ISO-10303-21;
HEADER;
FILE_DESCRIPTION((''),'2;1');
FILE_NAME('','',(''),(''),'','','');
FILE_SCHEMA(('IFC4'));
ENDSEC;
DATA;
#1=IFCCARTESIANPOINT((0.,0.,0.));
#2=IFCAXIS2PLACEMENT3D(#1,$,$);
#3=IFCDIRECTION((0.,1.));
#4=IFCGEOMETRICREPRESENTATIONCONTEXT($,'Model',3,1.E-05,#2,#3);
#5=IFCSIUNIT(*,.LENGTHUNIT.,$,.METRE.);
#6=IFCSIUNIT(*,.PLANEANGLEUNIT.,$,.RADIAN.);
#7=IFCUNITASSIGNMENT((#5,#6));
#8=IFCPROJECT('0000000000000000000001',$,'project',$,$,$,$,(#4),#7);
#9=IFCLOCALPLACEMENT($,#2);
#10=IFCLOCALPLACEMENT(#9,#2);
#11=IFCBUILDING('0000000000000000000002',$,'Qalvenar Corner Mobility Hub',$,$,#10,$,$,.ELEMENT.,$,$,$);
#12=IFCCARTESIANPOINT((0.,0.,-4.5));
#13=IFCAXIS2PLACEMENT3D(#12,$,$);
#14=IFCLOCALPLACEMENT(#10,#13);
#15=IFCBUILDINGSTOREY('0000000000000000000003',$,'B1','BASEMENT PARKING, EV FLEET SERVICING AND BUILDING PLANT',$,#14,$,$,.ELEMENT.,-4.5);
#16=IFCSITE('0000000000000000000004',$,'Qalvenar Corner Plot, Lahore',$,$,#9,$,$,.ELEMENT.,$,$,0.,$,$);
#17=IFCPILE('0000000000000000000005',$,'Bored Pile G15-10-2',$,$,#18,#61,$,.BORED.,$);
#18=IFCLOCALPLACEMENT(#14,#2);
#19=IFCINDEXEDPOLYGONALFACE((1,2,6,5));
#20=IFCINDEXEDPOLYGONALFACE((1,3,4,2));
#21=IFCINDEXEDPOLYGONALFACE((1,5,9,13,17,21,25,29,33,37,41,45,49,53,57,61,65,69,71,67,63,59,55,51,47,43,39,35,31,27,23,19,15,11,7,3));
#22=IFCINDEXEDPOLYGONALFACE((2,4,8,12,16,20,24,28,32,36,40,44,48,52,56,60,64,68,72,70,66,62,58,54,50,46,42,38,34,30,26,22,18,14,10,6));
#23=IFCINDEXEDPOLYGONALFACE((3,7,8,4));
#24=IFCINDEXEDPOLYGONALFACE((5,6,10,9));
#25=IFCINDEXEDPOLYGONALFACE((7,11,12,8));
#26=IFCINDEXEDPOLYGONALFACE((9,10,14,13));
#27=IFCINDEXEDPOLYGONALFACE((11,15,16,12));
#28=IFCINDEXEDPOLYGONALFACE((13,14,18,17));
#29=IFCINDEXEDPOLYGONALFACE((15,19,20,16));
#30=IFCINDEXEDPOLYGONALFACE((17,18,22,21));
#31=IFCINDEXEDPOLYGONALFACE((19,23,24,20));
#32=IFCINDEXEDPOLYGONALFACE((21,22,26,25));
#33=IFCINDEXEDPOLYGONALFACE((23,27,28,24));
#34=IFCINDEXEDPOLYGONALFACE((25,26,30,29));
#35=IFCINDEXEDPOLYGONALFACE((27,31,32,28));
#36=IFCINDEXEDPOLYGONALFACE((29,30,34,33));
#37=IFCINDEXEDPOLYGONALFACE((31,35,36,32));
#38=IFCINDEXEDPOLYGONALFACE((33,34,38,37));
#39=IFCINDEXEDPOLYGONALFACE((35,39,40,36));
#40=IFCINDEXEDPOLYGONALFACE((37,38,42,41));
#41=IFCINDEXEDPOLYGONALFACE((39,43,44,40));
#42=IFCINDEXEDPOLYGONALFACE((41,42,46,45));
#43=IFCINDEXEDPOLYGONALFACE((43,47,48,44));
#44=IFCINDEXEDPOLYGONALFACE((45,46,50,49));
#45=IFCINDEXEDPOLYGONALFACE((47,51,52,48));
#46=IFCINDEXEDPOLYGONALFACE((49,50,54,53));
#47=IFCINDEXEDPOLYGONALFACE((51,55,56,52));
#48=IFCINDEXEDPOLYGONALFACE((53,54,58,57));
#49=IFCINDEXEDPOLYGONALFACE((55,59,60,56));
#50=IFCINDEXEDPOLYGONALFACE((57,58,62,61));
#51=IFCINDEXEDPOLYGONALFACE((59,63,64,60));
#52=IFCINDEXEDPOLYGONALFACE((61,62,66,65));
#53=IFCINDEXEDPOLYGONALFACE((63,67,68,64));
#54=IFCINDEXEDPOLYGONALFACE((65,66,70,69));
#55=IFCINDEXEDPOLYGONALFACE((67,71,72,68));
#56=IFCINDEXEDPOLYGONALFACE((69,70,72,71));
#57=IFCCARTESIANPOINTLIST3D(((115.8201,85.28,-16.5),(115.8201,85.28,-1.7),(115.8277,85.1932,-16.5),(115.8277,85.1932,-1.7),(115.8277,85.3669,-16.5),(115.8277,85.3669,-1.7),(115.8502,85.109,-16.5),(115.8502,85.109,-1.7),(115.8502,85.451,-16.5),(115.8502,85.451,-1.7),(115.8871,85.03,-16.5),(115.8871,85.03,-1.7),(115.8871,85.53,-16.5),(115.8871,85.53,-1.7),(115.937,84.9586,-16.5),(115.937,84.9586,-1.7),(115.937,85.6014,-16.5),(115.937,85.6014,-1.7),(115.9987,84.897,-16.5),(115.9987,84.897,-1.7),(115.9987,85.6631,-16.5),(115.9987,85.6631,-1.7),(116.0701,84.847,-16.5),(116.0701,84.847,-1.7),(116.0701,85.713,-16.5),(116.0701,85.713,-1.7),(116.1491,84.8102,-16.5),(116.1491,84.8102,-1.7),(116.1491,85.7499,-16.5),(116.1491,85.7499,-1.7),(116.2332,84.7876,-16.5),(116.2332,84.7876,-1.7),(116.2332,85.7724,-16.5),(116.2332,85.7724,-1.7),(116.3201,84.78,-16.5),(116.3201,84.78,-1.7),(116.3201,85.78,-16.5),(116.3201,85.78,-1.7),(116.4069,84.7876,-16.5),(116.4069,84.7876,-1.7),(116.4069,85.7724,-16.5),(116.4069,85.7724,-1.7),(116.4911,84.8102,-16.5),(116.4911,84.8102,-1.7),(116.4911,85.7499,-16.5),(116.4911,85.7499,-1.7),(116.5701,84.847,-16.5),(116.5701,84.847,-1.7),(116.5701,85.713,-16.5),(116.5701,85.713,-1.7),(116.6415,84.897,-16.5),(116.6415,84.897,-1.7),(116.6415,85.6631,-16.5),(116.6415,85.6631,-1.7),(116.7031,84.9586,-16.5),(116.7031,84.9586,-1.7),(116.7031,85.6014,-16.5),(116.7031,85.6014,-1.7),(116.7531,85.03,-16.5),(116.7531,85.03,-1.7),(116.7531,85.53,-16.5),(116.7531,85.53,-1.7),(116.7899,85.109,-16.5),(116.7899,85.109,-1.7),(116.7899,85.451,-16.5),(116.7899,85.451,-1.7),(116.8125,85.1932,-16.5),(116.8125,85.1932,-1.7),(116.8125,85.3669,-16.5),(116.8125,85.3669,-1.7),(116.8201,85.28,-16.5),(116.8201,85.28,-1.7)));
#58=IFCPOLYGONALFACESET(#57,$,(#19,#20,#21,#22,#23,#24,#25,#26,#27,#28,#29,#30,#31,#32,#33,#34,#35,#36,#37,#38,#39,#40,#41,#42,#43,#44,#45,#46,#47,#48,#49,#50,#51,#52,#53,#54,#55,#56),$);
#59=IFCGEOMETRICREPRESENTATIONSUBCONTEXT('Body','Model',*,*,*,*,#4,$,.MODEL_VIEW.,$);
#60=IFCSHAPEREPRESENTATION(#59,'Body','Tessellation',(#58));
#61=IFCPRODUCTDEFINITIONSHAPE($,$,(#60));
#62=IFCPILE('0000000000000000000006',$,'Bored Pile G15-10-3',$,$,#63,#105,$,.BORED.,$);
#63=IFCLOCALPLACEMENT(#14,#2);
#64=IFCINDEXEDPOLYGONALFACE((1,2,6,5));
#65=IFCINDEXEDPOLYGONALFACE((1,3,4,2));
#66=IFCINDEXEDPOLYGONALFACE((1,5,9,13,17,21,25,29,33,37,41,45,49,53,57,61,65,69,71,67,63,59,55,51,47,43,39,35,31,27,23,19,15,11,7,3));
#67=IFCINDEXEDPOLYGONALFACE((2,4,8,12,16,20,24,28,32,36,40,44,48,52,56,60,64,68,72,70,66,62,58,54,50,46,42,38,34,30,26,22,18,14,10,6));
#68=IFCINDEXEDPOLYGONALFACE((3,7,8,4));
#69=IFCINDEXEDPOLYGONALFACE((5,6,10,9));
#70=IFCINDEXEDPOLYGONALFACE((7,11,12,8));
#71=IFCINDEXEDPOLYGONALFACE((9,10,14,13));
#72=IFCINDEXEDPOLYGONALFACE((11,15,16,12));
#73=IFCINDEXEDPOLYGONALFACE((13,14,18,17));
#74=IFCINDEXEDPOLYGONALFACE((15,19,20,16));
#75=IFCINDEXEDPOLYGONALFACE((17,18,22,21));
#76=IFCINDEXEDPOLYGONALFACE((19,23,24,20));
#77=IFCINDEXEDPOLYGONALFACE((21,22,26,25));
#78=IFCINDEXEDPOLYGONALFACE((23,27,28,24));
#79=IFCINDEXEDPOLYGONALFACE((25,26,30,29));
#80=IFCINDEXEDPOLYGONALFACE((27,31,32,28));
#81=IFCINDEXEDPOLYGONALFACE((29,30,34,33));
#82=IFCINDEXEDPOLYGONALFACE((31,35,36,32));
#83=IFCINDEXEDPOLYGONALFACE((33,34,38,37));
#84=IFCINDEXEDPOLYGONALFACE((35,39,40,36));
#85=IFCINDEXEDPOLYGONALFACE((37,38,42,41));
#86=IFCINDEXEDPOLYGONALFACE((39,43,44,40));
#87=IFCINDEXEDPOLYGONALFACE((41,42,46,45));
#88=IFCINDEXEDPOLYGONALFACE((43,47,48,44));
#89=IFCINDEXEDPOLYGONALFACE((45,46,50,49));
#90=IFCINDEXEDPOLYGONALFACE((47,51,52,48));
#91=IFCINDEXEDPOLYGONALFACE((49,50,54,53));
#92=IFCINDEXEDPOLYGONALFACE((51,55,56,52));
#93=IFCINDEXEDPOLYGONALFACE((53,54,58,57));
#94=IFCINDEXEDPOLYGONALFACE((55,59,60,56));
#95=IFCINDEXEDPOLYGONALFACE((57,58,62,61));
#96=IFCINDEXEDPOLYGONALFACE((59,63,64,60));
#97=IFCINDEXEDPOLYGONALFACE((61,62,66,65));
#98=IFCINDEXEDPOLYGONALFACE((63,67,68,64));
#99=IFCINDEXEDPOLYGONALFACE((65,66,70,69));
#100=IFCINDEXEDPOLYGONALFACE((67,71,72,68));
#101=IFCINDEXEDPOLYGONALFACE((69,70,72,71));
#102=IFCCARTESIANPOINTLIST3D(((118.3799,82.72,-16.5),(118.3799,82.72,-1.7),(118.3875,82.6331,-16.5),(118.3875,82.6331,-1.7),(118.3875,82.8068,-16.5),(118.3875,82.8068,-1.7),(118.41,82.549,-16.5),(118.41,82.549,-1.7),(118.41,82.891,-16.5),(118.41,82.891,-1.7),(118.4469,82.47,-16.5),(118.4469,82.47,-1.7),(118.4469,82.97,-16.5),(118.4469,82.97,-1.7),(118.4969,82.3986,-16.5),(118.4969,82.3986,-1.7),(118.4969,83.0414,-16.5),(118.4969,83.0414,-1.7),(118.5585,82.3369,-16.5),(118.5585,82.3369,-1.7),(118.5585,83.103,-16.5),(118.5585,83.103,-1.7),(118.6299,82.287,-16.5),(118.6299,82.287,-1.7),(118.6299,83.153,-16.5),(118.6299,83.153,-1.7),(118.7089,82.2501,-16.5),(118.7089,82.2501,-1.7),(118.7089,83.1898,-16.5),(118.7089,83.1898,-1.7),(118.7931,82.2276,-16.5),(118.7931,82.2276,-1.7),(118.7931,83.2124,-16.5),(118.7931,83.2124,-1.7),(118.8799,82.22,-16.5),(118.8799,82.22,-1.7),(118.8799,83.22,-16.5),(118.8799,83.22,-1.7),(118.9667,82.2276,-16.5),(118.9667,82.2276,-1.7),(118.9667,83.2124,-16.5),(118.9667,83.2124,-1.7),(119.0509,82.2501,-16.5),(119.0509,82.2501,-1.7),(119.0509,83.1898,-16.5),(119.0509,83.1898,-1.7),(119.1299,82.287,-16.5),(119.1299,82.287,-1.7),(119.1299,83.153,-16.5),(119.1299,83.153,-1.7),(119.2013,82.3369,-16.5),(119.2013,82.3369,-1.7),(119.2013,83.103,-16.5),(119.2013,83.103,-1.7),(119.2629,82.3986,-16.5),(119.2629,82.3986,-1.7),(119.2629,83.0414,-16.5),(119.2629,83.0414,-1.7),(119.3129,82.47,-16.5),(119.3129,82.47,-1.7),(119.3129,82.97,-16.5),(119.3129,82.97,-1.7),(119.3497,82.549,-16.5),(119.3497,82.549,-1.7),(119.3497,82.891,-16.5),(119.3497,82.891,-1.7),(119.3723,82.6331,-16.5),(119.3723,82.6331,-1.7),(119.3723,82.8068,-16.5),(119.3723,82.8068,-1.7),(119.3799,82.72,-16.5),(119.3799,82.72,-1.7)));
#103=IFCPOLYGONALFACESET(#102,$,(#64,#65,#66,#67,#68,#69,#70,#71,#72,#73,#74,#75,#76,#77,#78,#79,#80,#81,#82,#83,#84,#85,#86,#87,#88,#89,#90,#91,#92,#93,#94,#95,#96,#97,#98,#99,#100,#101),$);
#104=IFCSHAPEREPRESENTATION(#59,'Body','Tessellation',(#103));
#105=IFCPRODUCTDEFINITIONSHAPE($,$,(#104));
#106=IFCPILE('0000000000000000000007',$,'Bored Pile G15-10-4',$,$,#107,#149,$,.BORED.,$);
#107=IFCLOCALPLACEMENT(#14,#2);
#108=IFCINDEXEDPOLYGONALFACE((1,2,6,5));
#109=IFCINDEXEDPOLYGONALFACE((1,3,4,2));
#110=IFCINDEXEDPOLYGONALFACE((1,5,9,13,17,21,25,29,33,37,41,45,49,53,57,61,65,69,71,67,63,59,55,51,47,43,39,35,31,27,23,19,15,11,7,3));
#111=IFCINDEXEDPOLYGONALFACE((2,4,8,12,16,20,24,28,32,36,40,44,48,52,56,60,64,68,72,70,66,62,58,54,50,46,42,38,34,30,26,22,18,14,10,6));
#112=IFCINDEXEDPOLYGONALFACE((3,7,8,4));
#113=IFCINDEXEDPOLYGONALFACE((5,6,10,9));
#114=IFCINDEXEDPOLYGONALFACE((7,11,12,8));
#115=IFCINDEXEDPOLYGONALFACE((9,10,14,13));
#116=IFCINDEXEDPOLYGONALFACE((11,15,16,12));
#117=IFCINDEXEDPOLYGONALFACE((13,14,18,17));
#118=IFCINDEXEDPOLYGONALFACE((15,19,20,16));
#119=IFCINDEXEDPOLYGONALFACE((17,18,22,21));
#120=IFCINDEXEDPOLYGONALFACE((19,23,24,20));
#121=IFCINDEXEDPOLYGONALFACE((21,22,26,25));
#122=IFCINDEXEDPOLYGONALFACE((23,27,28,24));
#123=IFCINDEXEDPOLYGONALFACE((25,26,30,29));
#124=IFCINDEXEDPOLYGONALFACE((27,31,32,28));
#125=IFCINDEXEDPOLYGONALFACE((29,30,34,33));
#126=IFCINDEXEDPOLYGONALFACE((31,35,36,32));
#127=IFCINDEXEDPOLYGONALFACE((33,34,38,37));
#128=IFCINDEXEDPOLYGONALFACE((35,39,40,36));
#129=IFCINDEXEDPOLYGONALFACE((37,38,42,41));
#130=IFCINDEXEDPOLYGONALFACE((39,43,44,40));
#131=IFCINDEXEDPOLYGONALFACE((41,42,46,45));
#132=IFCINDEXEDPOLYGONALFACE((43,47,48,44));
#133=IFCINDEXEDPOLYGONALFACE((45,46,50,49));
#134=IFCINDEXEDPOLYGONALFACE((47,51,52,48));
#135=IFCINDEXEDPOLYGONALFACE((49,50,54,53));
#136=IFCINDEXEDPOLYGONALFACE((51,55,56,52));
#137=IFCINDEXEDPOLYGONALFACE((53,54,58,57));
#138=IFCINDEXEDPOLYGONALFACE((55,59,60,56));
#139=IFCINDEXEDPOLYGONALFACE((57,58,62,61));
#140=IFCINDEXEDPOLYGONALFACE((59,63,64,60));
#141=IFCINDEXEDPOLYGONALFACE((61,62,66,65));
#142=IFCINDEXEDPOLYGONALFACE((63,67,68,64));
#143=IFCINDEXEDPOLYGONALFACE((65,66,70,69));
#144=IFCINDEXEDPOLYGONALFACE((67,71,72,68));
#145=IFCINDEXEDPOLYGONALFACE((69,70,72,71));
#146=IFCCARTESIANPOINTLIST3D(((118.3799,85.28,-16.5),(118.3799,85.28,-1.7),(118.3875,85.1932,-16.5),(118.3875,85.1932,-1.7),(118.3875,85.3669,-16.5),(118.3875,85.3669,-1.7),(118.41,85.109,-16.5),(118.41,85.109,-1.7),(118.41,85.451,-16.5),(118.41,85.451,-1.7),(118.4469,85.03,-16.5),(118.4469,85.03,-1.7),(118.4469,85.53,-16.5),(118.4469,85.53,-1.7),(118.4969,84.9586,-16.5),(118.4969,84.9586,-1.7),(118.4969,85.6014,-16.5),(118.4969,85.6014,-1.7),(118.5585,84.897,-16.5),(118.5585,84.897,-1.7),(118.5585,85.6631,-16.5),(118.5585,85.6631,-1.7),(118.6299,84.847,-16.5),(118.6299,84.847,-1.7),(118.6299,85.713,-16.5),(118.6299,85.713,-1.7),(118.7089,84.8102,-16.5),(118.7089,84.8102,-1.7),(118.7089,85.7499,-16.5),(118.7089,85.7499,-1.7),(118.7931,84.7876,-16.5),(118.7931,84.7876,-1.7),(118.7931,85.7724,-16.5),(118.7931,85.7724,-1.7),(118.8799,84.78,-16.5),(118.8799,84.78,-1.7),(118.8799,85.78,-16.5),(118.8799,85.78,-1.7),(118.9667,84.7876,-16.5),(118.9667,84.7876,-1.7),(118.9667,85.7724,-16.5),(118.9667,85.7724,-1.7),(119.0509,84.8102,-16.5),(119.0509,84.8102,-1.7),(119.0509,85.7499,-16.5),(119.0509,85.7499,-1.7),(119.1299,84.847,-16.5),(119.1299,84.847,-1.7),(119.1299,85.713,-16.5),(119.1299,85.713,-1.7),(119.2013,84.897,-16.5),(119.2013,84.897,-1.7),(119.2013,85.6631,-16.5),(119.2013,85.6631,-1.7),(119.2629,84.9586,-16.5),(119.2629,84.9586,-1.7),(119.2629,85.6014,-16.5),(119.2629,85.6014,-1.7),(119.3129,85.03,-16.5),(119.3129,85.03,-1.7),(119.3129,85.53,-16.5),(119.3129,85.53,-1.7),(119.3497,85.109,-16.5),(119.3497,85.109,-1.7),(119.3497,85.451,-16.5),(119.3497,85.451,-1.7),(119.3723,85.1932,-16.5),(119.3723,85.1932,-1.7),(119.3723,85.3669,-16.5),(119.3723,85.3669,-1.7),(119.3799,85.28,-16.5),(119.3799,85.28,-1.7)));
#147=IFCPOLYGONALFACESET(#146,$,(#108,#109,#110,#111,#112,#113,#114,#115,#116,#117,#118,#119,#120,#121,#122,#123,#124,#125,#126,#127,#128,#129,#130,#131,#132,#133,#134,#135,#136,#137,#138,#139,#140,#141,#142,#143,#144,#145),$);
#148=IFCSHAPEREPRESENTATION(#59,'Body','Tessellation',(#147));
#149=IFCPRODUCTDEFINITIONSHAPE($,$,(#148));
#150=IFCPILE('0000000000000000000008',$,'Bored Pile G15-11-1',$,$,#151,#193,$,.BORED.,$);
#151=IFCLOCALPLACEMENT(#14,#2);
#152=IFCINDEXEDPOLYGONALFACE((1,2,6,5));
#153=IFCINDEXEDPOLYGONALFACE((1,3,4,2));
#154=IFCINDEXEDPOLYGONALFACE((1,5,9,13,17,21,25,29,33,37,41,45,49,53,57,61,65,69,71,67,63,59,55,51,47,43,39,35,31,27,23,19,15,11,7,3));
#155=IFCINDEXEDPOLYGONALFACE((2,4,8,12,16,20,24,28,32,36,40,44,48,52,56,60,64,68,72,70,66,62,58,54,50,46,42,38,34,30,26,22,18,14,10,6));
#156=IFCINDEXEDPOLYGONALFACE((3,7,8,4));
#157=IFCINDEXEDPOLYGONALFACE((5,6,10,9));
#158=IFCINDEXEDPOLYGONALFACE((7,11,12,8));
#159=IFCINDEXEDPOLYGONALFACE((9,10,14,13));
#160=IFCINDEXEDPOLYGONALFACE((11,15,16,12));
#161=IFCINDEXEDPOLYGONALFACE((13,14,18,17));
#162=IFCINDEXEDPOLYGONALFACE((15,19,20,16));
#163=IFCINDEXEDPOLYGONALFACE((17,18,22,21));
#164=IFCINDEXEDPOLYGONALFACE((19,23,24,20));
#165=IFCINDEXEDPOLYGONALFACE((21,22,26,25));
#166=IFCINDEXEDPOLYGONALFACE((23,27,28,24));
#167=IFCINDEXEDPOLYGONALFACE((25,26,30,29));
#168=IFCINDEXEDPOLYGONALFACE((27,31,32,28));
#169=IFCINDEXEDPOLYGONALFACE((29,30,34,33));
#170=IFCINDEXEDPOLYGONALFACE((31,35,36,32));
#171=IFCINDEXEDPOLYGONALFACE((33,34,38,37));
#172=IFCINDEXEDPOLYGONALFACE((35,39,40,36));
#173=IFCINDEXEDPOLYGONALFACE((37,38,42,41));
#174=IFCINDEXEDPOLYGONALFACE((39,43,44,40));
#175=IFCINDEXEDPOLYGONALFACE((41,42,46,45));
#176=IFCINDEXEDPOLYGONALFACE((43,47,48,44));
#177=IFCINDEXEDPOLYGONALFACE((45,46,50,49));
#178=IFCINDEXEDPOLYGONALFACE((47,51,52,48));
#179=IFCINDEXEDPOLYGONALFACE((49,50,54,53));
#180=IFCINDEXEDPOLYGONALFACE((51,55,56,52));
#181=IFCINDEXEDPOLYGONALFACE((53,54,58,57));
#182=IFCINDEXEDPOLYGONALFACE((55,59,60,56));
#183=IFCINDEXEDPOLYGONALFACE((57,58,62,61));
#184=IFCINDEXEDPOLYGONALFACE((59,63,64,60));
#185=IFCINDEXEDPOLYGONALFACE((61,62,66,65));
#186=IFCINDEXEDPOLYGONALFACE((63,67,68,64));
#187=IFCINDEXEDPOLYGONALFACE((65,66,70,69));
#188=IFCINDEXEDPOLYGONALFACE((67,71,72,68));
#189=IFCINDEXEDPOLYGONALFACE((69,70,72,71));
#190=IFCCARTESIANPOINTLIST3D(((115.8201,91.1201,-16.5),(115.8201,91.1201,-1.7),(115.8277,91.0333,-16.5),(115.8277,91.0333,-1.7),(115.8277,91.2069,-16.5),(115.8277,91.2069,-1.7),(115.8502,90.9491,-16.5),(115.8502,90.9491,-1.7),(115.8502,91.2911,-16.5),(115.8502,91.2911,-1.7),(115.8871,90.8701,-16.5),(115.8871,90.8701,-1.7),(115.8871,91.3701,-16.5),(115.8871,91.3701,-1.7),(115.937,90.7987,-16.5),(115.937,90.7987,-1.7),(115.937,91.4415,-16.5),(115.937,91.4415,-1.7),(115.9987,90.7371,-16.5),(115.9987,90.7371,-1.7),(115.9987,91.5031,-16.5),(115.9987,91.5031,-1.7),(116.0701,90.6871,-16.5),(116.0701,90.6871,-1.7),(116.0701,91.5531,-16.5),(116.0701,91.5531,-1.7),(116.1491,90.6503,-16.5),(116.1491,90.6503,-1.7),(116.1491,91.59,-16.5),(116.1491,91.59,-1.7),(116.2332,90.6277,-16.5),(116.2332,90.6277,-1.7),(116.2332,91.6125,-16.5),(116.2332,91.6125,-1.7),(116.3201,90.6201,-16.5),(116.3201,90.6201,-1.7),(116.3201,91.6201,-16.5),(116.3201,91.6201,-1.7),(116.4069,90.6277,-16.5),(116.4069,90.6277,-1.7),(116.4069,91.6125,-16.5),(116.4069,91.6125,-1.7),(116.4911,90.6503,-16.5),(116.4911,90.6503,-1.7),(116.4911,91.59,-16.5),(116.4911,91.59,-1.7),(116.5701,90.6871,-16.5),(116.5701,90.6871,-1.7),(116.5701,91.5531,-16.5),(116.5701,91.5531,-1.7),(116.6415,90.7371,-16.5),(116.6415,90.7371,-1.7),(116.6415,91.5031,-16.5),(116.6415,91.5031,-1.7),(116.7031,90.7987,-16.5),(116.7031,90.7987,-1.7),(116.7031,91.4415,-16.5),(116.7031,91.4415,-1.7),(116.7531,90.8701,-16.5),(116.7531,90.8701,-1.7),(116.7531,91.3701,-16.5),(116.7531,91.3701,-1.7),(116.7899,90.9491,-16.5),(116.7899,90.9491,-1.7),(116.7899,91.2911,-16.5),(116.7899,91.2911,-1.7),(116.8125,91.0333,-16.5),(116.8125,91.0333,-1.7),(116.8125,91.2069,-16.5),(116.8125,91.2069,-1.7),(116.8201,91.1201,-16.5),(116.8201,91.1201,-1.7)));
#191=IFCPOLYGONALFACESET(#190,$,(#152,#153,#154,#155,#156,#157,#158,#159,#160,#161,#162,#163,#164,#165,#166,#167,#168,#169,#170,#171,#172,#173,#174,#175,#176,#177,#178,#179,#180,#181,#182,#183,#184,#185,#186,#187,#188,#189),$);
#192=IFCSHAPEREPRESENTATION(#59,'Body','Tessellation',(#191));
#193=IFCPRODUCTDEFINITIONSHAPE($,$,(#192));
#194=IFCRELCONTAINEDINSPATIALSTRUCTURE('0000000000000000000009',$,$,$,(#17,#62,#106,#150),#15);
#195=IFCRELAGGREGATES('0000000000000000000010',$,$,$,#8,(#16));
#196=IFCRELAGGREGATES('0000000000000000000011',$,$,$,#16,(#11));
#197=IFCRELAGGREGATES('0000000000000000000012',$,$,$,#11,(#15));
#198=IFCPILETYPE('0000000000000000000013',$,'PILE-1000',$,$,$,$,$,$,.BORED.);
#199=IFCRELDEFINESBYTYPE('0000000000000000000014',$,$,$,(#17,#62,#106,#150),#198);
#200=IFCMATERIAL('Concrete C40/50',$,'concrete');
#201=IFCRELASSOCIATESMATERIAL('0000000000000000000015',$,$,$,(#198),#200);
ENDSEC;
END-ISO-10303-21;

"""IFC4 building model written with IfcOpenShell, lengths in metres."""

from ifc_helpers import new_model, si_unit, direction, frame, origin, origin_2d, place, context, subcontext, project, spatial, circle, extrude, material, material_profile, profile_set, type_object, element, save


model = new_model("IFC4")

# Units and contexts
model_context = context("Model", 3, precision=1e-05, world=origin(), true_north=direction((0.0, 1.0)))
body_context = subcontext(model_context, "Body", "Model", "MODEL_VIEW")
ifc_project = project(units=[si_unit("LENGTHUNIT", "METRE"), si_unit("PLANEANGLEUNIT", "RADIAN")], contexts=[model_context])

# Site, building, storey
site_placement = place(None, origin())
site = spatial("IfcSite", under=ifc_project, at=site_placement, Name="Qalvenar Corner Plot, Lahore", CompositionType="ELEMENT", RefElevation=0.0)
building_placement = place(site_placement, origin())
building = spatial("IfcBuilding", under=site, at=building_placement, Name="Qalvenar Corner Mobility Hub", CompositionType="ELEMENT")
storey_placement = place(building_placement, frame((0.0, 0.0, -4.5)))
storey = spatial("IfcBuildingStorey", under=building, at=storey_placement, Name="B1", Description="BASEMENT PARKING, EV FLEET SERVICING AND BUILDING PLANT", CompositionType="ELEMENT", Elevation=-4.5)

# Shared definitions
ifc_material_1 = material(Name="Concrete C40/50", Category="concrete")

# Piles
ifc_material_profile_1 = material_profile(ifc_material_1, circle(Radius=0.5, at=origin_2d()), Name="DIA1000")
ifc_profile_set_1 = profile_set([ifc_material_profile_1], Name="Concrete C40/50")
pile_type_1 = type_object("IfcPileType", Name="PILE-1000", PredefinedType="BORED", material=ifc_profile_set_1)
for number, where, z_axis, x_axis, name in (
    (1, (116.3201, 85.28, -1.7), (0.0, 0.0, -1.0), (1.0, 0.0, 0.0), "Bored Pile G15-10-2"),
    (2, (118.8799, 82.72, -1.7), (0.0, 0.0, -1.0), (1.0, 0.0, 0.0), "Bored Pile G15-10-3"),
    (3, (118.8799, 85.28, -1.7), (0.0, 0.0, -1.0), (1.0, 0.0, 0.0), "Bored Pile G15-10-4"),
    (4, (116.3201, 91.1201, -1.7), (0.0, 0.0, -1.0), (1.0, 0.0, 0.0), "Bored Pile G15-11-1"),
):
    element("IfcPile", number, at=place(storey_placement, frame(where, z_axis=z_axis, x_axis=x_axis)), inside=storey, type_object=pile_type_1, Name=name, PredefinedType="BORED", context=body_context, shape_type="SweptSolid", body=[
        extrude(circle(Radius=0.5, at=origin_2d()), origin(), (0.0, 0.0, 1.0), 14.8),
    ])

save(model, "model.ifc")
